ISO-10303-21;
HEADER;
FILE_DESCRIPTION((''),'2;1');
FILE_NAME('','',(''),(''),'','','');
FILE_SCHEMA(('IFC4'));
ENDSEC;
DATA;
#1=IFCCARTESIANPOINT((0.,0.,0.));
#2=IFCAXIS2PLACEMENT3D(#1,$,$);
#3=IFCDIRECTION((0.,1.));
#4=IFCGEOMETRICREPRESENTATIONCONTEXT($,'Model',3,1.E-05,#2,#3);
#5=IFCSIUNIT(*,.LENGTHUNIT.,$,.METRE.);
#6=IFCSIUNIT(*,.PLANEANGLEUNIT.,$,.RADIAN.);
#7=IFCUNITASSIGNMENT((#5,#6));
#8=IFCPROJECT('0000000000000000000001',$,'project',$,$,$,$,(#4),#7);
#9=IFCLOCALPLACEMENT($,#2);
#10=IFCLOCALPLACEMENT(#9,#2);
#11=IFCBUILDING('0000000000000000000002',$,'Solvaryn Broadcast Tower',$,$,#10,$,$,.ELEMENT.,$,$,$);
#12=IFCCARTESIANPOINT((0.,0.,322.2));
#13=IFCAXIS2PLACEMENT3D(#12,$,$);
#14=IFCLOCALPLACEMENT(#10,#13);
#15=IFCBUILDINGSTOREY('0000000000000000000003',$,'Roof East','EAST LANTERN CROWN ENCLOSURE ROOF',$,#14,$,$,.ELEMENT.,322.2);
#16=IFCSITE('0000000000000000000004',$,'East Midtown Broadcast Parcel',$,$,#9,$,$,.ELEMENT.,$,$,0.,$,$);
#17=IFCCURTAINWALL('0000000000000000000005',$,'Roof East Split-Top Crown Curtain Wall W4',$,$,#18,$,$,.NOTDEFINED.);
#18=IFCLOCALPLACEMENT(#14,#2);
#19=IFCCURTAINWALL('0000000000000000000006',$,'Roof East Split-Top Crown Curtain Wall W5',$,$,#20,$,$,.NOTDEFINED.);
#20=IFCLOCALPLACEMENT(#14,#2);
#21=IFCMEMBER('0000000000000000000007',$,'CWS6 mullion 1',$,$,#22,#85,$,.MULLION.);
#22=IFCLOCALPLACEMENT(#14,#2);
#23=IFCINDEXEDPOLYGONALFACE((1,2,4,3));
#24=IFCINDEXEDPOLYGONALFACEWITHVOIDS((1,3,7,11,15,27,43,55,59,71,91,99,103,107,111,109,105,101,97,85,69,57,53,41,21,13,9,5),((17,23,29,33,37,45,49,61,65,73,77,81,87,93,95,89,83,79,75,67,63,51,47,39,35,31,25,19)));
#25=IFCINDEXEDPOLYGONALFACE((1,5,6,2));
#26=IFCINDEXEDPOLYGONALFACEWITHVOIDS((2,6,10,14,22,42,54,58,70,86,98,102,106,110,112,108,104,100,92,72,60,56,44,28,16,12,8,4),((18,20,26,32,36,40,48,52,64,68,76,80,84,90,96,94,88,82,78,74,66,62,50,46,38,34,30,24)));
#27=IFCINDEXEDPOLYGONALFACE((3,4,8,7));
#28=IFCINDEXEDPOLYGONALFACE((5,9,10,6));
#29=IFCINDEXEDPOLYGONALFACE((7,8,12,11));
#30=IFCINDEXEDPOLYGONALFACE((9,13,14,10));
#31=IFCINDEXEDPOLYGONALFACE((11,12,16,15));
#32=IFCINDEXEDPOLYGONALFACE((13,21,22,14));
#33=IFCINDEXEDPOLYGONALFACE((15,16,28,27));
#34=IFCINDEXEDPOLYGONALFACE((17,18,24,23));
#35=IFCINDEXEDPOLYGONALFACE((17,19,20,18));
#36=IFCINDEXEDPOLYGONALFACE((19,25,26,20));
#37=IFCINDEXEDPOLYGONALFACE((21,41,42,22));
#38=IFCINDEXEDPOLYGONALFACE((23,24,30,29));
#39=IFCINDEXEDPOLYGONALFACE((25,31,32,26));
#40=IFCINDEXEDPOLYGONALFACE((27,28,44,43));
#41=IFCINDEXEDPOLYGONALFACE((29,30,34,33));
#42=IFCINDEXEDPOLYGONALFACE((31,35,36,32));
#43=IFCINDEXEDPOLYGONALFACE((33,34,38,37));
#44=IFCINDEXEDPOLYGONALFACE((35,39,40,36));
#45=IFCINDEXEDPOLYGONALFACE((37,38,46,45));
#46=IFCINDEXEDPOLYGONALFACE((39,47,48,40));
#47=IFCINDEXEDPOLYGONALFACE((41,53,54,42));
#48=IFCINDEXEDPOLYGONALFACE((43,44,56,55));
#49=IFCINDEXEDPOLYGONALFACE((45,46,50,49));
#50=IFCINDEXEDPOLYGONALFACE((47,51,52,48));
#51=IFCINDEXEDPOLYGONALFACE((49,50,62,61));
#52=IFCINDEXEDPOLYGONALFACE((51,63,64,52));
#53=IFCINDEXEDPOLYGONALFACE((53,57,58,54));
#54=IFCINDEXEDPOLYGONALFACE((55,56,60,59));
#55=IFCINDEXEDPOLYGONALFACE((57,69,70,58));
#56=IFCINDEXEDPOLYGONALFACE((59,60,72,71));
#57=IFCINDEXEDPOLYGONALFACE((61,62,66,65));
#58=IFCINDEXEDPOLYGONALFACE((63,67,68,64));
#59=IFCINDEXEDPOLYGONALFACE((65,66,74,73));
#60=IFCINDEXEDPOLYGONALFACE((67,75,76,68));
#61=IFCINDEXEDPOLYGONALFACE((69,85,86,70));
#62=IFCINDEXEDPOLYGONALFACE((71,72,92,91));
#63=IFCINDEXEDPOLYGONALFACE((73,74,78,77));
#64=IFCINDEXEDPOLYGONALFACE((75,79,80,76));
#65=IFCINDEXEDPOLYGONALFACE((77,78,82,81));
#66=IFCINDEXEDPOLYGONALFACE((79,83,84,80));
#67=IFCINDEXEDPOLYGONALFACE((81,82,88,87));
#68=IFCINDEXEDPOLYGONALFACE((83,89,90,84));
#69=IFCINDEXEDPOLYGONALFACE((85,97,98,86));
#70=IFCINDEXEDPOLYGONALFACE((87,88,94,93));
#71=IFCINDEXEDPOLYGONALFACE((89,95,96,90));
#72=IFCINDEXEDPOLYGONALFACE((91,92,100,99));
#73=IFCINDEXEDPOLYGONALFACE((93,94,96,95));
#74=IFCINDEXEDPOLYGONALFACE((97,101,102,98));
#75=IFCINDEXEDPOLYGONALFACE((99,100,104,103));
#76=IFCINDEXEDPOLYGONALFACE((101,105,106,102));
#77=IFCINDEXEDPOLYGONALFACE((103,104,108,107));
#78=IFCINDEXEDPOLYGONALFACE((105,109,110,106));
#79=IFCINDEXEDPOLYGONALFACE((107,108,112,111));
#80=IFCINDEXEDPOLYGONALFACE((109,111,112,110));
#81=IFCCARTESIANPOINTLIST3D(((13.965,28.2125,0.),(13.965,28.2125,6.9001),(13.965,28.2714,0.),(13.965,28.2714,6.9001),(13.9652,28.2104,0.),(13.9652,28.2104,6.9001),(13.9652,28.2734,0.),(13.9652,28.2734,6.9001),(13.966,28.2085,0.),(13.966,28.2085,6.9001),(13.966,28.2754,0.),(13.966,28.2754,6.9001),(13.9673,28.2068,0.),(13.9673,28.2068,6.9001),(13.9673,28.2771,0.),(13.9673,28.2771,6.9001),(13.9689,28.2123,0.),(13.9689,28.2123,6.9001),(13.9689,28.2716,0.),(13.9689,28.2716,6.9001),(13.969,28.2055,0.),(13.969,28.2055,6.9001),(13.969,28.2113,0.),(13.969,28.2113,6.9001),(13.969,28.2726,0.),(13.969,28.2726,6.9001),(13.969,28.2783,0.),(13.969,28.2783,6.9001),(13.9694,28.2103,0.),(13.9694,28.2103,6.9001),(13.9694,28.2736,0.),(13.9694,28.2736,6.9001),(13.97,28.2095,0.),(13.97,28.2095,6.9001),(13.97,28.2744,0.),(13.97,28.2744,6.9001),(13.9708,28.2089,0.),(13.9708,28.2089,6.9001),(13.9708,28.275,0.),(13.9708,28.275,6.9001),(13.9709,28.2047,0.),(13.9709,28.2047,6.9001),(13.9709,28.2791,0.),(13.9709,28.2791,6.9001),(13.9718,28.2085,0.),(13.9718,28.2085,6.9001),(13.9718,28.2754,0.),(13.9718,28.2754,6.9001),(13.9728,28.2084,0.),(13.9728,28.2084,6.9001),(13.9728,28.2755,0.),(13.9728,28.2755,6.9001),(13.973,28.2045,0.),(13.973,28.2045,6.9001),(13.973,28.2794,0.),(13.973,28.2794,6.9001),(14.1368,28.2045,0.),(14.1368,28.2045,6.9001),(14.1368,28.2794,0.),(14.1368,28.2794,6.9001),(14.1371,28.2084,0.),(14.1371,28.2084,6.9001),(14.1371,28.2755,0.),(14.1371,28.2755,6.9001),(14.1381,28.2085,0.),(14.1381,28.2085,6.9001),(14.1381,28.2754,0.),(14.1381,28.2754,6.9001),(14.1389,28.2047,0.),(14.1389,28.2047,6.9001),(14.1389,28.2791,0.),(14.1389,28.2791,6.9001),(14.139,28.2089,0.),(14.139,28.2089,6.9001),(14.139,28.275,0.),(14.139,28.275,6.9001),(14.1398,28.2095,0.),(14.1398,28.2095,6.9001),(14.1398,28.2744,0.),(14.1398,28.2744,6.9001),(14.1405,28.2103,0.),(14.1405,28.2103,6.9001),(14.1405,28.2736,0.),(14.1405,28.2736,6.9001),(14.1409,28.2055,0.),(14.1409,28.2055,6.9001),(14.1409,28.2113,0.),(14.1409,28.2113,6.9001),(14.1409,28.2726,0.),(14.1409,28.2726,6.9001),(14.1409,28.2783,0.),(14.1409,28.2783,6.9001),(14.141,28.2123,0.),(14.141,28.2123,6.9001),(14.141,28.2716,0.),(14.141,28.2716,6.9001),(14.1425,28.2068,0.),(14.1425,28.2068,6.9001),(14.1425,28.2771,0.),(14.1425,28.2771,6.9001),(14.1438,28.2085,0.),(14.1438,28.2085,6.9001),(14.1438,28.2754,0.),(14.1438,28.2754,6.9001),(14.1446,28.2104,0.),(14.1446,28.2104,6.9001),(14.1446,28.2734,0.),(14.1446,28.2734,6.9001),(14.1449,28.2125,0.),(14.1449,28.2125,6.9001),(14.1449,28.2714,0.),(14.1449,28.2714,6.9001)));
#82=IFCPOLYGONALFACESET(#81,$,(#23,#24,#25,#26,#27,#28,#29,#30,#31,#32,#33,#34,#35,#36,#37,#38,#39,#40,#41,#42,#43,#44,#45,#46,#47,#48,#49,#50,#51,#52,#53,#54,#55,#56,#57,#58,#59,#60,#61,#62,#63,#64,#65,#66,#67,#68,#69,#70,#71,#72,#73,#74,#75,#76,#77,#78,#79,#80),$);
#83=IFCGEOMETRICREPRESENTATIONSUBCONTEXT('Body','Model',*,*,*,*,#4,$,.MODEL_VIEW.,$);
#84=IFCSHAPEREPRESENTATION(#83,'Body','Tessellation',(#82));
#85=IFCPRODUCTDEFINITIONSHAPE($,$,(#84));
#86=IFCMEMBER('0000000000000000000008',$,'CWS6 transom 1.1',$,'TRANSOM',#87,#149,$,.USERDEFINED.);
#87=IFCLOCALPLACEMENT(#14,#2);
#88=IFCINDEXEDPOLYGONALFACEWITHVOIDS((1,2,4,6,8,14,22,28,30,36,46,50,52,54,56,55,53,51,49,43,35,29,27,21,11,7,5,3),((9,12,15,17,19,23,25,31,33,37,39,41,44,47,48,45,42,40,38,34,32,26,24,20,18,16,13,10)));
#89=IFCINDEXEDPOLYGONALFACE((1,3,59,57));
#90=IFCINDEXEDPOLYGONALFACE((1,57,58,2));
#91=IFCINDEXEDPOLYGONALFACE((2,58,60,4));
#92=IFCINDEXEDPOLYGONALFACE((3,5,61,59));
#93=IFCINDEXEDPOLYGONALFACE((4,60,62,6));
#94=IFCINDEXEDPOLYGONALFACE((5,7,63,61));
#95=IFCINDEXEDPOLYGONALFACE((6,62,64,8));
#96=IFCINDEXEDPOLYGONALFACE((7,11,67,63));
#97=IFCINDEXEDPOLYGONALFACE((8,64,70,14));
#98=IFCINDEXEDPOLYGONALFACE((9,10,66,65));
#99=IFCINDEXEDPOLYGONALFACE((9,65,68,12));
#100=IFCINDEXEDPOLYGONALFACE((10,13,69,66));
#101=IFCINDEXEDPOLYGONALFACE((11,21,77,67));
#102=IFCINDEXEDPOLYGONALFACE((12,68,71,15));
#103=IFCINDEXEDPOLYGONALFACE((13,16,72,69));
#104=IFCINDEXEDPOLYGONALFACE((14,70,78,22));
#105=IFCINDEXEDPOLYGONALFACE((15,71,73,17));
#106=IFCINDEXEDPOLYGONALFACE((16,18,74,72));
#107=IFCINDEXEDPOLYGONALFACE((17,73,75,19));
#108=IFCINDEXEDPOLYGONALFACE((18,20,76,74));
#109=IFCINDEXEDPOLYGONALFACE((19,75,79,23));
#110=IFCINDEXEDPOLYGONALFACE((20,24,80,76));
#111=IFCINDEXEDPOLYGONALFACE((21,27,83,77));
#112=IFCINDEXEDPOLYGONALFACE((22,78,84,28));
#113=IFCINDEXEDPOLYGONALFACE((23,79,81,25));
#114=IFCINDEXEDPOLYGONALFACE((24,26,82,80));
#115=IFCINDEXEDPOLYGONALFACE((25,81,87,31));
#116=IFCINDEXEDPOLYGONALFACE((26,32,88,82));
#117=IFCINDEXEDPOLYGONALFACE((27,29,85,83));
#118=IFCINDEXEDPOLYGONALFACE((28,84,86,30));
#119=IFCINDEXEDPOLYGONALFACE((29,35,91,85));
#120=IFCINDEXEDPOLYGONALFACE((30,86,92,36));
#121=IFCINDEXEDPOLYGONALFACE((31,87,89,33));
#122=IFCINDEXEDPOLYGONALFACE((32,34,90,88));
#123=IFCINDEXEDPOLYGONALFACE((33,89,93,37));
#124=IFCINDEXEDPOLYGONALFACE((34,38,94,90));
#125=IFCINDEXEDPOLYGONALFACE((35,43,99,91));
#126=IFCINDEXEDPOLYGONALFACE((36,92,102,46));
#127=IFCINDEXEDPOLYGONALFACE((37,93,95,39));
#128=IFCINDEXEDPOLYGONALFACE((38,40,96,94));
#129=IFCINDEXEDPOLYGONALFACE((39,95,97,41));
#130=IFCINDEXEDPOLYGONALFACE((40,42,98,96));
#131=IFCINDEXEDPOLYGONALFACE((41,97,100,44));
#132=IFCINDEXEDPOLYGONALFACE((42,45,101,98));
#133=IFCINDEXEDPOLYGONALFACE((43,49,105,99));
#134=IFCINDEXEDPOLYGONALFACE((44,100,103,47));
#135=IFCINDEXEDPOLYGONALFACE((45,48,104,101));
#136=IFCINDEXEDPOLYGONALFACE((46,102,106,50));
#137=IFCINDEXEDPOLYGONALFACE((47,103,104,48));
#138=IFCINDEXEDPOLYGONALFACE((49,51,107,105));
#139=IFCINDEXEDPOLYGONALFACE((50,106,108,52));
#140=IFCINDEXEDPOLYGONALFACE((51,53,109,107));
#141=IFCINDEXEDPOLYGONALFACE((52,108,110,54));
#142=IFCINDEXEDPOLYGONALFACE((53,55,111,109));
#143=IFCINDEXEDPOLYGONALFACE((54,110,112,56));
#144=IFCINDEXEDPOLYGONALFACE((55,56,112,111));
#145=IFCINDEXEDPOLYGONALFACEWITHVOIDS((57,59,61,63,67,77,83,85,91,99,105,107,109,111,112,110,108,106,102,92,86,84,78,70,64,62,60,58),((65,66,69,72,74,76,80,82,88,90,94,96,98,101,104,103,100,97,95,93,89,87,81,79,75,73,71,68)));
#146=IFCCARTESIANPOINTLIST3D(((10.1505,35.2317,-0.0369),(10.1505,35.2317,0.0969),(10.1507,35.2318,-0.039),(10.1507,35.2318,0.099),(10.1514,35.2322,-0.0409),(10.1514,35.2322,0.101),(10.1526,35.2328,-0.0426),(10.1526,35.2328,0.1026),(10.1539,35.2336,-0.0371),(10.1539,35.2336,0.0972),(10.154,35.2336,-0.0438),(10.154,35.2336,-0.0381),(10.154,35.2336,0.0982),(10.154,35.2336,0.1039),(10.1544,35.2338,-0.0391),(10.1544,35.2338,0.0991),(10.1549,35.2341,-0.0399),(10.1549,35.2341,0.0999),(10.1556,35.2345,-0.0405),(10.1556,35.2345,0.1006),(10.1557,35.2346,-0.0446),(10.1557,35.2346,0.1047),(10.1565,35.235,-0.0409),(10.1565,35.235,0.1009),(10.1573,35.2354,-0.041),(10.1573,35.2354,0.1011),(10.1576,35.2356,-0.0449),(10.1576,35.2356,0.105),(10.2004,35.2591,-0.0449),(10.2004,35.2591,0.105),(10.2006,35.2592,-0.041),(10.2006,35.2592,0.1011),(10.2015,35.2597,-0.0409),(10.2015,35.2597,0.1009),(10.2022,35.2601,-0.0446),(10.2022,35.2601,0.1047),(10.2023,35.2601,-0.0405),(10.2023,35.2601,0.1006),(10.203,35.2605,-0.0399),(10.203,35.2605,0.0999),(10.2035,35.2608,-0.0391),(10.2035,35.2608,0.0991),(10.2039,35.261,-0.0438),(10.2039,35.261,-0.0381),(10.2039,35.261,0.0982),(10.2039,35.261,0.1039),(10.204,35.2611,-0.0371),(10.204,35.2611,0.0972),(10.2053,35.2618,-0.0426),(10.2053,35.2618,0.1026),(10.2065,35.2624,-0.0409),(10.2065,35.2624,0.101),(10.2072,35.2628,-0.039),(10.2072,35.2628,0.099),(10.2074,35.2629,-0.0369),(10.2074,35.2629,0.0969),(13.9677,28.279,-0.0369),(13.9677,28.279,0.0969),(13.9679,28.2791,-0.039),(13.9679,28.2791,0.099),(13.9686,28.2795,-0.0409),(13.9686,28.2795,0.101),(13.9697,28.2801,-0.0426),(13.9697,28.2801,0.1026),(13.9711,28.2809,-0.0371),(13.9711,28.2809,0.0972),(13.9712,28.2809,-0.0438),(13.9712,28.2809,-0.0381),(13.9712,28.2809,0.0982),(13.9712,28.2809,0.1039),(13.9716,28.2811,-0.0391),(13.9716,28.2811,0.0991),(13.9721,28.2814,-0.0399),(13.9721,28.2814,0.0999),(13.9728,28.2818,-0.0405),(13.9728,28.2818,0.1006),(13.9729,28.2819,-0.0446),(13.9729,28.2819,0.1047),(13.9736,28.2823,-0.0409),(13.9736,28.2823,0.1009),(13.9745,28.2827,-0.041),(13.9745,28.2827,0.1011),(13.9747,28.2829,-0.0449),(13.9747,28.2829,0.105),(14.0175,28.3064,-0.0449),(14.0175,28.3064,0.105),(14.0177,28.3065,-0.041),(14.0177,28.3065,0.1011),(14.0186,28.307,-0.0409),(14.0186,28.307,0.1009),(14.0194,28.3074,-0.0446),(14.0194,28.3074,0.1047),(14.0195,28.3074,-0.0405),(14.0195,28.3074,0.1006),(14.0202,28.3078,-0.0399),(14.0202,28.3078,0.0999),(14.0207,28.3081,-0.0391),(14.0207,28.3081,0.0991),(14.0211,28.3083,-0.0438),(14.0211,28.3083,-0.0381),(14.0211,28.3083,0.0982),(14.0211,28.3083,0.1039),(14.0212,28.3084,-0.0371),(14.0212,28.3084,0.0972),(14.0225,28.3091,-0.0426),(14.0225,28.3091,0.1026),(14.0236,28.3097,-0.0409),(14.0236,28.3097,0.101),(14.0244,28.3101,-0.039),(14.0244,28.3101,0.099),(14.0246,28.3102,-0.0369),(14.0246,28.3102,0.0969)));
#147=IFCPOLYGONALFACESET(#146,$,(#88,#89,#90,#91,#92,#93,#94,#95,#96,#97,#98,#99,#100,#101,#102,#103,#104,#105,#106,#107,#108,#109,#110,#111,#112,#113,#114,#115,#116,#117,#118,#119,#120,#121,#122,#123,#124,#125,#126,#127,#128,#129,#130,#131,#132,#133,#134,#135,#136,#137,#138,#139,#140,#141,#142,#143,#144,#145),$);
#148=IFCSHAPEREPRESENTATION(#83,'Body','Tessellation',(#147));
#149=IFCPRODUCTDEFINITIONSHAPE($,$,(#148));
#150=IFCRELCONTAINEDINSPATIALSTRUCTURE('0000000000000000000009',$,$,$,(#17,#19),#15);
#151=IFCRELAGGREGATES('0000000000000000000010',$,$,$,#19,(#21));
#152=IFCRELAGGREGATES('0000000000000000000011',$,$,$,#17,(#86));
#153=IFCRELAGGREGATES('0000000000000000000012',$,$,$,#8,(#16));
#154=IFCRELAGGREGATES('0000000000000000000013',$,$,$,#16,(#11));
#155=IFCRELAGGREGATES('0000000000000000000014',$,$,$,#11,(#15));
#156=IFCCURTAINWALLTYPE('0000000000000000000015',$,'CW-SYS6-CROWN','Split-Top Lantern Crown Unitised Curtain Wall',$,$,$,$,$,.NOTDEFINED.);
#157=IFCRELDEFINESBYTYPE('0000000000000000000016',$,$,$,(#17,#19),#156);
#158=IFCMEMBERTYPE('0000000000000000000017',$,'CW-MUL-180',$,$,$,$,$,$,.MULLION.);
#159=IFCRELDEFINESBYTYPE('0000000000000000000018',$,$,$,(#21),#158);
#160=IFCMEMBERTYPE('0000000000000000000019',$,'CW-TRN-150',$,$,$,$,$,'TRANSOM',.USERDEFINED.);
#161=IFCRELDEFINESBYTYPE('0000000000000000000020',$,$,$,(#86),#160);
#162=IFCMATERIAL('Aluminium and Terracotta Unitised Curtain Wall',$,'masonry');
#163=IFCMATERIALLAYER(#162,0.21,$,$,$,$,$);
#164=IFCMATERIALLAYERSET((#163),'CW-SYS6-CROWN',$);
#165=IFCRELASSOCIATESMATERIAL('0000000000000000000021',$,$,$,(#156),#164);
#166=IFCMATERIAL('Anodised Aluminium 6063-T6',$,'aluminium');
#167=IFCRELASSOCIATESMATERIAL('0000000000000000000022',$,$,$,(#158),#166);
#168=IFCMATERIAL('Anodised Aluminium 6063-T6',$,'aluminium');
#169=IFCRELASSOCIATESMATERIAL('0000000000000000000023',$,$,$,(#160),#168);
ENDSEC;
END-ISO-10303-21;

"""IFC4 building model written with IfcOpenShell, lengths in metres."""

from ifc_helpers import new_model, si_unit, direction, frame, origin, origin_2d, place, context, subcontext, project, spatial, hollow_rectangle, extrude, material, layer, layer_set, material_profile, profile_set, type_object, element, aggregate, save


model = new_model("IFC4")

# Units and contexts
model_context = context("Model", 3, precision=1e-05, world=origin(), true_north=direction((0.0, 1.0)))
body_context = subcontext(model_context, "Body", "Model", "MODEL_VIEW")
ifc_project = project(units=[si_unit("LENGTHUNIT", "METRE"), si_unit("PLANEANGLEUNIT", "RADIAN")], contexts=[model_context])

# Site, building, storey
site_placement = place(None, origin())
site = spatial("IfcSite", under=ifc_project, at=site_placement, Name="East Midtown Broadcast Parcel", CompositionType="ELEMENT", RefElevation=0.0)
building_placement = place(site_placement, origin())
building = spatial("IfcBuilding", under=site, at=building_placement, Name="Solvaryn Broadcast Tower", CompositionType="ELEMENT")
storey_placement = place(building_placement, frame((0.0, 0.0, 322.2)))
storey = spatial("IfcBuildingStorey", under=building, at=storey_placement, Name="Roof East", Description="EAST LANTERN CROWN ENCLOSURE ROOF", CompositionType="ELEMENT", Elevation=322.2)

# Curtain wall
ifc_material_1 = material(Name="Aluminium and Terracotta Unitised Curtain Wall", Category="masonry")
ifc_layer_1 = layer(ifc_material_1, 0.21)
ifc_layer_set_1 = layer_set([ifc_layer_1], Name="CW-SYS6-CROWN")
curtain_wall_type = type_object("IfcCurtainWallType", Name="CW-SYS6-CROWN", Description="Split-Top Lantern Crown Unitised Curtain Wall", PredefinedType="NOTDEFINED", material=ifc_layer_set_1)
curtain_wall_1_placement = place(storey_placement, origin())
curtain_wall_1 = element("IfcCurtainWall", 1, at=curtain_wall_1_placement, inside=storey, type_object=curtain_wall_type, Name="Roof East Split-Top Crown Curtain Wall W4", PredefinedType="NOTDEFINED")
ifc_material_2 = material(Name="Anodised Aluminium 6063-T6", Category="aluminium")
ifc_material_profile_1 = material_profile(ifc_material_2, hollow_rectangle(XDim=0.075, YDim=0.1799, WallThickness=0.0039, InnerFilletRadius=0.0039, OuterFilletRadius=0.0081, at=origin_2d()))
ifc_profile_set_1 = profile_set([ifc_material_profile_1], Name="Anodised Aluminium 6063-T6")
member_type_1 = type_object("IfcMemberType", Name="CW-MUL-180", PredefinedType="MULLION", material=ifc_profile_set_1)

# Curtain wall, member
curtain_wall_2_placement = place(storey_placement, origin())
curtain_wall_2 = element("IfcCurtainWall", 2, at=curtain_wall_2_placement, inside=storey, type_object=curtain_wall_type, Name="Roof East Split-Top Crown Curtain Wall W5", PredefinedType="NOTDEFINED")
member_1_placement = place(storey_placement, frame((14.0549, 28.2419, 0.0), z_axis=(0.0, 0.0, 1.0), x_axis=(0.0, 1.0, 0.0)))
member_1 = element("IfcMember", 3, at=member_1_placement, type_object=member_type_1, Name="CWS6 mullion 1", PredefinedType="MULLION", context=body_context, shape_type="SweptSolid", body=[
    extrude(hollow_rectangle(XDim=0.075, YDim=0.1799, WallThickness=0.0039, InnerFilletRadius=0.0039, OuterFilletRadius=0.0081, at=origin_2d()), origin(), (0.0, 0.0, 1.0), 6.9001),
])

# Member
ifc_material_3 = material(Name="Anodised Aluminium 6063-T6", Category="aluminium")
ifc_material_profile_2 = material_profile(ifc_material_3, hollow_rectangle(XDim=0.0649, YDim=0.1499, WallThickness=0.0039, InnerFilletRadius=0.0039, OuterFilletRadius=0.0081, at=origin_2d()))
ifc_profile_set_2 = profile_set([ifc_material_profile_2], Name="Anodised Aluminium 6063-T6")
member_type_2 = type_object("IfcMemberType", Name="CW-TRN-150", ElementType="TRANSOM", PredefinedType="USERDEFINED", material=ifc_profile_set_2)
member_2_placement = place(storey_placement, frame((10.179, 35.2473, 0.03), z_axis=(0.481259, -0.876578, 0.0), x_axis=(0.876578, 0.481259, 0.0)))
member_2 = element("IfcMember", 4, at=member_2_placement, type_object=member_type_2, Name="CWS6 transom 1.1", ObjectType="TRANSOM", PredefinedType="USERDEFINED", context=body_context, shape_type="SweptSolid", body=[
    extrude(hollow_rectangle(XDim=0.0649, YDim=0.1499, WallThickness=0.0039, InnerFilletRadius=0.0039, OuterFilletRadius=0.0081, at=origin_2d()), origin(), (0.0, 0.0, 1.0), 7.9316),
])
aggregate(curtain_wall_2, [member_1])

aggregate(curtain_wall_1, [member_2])

save(model, "model.ifc")
